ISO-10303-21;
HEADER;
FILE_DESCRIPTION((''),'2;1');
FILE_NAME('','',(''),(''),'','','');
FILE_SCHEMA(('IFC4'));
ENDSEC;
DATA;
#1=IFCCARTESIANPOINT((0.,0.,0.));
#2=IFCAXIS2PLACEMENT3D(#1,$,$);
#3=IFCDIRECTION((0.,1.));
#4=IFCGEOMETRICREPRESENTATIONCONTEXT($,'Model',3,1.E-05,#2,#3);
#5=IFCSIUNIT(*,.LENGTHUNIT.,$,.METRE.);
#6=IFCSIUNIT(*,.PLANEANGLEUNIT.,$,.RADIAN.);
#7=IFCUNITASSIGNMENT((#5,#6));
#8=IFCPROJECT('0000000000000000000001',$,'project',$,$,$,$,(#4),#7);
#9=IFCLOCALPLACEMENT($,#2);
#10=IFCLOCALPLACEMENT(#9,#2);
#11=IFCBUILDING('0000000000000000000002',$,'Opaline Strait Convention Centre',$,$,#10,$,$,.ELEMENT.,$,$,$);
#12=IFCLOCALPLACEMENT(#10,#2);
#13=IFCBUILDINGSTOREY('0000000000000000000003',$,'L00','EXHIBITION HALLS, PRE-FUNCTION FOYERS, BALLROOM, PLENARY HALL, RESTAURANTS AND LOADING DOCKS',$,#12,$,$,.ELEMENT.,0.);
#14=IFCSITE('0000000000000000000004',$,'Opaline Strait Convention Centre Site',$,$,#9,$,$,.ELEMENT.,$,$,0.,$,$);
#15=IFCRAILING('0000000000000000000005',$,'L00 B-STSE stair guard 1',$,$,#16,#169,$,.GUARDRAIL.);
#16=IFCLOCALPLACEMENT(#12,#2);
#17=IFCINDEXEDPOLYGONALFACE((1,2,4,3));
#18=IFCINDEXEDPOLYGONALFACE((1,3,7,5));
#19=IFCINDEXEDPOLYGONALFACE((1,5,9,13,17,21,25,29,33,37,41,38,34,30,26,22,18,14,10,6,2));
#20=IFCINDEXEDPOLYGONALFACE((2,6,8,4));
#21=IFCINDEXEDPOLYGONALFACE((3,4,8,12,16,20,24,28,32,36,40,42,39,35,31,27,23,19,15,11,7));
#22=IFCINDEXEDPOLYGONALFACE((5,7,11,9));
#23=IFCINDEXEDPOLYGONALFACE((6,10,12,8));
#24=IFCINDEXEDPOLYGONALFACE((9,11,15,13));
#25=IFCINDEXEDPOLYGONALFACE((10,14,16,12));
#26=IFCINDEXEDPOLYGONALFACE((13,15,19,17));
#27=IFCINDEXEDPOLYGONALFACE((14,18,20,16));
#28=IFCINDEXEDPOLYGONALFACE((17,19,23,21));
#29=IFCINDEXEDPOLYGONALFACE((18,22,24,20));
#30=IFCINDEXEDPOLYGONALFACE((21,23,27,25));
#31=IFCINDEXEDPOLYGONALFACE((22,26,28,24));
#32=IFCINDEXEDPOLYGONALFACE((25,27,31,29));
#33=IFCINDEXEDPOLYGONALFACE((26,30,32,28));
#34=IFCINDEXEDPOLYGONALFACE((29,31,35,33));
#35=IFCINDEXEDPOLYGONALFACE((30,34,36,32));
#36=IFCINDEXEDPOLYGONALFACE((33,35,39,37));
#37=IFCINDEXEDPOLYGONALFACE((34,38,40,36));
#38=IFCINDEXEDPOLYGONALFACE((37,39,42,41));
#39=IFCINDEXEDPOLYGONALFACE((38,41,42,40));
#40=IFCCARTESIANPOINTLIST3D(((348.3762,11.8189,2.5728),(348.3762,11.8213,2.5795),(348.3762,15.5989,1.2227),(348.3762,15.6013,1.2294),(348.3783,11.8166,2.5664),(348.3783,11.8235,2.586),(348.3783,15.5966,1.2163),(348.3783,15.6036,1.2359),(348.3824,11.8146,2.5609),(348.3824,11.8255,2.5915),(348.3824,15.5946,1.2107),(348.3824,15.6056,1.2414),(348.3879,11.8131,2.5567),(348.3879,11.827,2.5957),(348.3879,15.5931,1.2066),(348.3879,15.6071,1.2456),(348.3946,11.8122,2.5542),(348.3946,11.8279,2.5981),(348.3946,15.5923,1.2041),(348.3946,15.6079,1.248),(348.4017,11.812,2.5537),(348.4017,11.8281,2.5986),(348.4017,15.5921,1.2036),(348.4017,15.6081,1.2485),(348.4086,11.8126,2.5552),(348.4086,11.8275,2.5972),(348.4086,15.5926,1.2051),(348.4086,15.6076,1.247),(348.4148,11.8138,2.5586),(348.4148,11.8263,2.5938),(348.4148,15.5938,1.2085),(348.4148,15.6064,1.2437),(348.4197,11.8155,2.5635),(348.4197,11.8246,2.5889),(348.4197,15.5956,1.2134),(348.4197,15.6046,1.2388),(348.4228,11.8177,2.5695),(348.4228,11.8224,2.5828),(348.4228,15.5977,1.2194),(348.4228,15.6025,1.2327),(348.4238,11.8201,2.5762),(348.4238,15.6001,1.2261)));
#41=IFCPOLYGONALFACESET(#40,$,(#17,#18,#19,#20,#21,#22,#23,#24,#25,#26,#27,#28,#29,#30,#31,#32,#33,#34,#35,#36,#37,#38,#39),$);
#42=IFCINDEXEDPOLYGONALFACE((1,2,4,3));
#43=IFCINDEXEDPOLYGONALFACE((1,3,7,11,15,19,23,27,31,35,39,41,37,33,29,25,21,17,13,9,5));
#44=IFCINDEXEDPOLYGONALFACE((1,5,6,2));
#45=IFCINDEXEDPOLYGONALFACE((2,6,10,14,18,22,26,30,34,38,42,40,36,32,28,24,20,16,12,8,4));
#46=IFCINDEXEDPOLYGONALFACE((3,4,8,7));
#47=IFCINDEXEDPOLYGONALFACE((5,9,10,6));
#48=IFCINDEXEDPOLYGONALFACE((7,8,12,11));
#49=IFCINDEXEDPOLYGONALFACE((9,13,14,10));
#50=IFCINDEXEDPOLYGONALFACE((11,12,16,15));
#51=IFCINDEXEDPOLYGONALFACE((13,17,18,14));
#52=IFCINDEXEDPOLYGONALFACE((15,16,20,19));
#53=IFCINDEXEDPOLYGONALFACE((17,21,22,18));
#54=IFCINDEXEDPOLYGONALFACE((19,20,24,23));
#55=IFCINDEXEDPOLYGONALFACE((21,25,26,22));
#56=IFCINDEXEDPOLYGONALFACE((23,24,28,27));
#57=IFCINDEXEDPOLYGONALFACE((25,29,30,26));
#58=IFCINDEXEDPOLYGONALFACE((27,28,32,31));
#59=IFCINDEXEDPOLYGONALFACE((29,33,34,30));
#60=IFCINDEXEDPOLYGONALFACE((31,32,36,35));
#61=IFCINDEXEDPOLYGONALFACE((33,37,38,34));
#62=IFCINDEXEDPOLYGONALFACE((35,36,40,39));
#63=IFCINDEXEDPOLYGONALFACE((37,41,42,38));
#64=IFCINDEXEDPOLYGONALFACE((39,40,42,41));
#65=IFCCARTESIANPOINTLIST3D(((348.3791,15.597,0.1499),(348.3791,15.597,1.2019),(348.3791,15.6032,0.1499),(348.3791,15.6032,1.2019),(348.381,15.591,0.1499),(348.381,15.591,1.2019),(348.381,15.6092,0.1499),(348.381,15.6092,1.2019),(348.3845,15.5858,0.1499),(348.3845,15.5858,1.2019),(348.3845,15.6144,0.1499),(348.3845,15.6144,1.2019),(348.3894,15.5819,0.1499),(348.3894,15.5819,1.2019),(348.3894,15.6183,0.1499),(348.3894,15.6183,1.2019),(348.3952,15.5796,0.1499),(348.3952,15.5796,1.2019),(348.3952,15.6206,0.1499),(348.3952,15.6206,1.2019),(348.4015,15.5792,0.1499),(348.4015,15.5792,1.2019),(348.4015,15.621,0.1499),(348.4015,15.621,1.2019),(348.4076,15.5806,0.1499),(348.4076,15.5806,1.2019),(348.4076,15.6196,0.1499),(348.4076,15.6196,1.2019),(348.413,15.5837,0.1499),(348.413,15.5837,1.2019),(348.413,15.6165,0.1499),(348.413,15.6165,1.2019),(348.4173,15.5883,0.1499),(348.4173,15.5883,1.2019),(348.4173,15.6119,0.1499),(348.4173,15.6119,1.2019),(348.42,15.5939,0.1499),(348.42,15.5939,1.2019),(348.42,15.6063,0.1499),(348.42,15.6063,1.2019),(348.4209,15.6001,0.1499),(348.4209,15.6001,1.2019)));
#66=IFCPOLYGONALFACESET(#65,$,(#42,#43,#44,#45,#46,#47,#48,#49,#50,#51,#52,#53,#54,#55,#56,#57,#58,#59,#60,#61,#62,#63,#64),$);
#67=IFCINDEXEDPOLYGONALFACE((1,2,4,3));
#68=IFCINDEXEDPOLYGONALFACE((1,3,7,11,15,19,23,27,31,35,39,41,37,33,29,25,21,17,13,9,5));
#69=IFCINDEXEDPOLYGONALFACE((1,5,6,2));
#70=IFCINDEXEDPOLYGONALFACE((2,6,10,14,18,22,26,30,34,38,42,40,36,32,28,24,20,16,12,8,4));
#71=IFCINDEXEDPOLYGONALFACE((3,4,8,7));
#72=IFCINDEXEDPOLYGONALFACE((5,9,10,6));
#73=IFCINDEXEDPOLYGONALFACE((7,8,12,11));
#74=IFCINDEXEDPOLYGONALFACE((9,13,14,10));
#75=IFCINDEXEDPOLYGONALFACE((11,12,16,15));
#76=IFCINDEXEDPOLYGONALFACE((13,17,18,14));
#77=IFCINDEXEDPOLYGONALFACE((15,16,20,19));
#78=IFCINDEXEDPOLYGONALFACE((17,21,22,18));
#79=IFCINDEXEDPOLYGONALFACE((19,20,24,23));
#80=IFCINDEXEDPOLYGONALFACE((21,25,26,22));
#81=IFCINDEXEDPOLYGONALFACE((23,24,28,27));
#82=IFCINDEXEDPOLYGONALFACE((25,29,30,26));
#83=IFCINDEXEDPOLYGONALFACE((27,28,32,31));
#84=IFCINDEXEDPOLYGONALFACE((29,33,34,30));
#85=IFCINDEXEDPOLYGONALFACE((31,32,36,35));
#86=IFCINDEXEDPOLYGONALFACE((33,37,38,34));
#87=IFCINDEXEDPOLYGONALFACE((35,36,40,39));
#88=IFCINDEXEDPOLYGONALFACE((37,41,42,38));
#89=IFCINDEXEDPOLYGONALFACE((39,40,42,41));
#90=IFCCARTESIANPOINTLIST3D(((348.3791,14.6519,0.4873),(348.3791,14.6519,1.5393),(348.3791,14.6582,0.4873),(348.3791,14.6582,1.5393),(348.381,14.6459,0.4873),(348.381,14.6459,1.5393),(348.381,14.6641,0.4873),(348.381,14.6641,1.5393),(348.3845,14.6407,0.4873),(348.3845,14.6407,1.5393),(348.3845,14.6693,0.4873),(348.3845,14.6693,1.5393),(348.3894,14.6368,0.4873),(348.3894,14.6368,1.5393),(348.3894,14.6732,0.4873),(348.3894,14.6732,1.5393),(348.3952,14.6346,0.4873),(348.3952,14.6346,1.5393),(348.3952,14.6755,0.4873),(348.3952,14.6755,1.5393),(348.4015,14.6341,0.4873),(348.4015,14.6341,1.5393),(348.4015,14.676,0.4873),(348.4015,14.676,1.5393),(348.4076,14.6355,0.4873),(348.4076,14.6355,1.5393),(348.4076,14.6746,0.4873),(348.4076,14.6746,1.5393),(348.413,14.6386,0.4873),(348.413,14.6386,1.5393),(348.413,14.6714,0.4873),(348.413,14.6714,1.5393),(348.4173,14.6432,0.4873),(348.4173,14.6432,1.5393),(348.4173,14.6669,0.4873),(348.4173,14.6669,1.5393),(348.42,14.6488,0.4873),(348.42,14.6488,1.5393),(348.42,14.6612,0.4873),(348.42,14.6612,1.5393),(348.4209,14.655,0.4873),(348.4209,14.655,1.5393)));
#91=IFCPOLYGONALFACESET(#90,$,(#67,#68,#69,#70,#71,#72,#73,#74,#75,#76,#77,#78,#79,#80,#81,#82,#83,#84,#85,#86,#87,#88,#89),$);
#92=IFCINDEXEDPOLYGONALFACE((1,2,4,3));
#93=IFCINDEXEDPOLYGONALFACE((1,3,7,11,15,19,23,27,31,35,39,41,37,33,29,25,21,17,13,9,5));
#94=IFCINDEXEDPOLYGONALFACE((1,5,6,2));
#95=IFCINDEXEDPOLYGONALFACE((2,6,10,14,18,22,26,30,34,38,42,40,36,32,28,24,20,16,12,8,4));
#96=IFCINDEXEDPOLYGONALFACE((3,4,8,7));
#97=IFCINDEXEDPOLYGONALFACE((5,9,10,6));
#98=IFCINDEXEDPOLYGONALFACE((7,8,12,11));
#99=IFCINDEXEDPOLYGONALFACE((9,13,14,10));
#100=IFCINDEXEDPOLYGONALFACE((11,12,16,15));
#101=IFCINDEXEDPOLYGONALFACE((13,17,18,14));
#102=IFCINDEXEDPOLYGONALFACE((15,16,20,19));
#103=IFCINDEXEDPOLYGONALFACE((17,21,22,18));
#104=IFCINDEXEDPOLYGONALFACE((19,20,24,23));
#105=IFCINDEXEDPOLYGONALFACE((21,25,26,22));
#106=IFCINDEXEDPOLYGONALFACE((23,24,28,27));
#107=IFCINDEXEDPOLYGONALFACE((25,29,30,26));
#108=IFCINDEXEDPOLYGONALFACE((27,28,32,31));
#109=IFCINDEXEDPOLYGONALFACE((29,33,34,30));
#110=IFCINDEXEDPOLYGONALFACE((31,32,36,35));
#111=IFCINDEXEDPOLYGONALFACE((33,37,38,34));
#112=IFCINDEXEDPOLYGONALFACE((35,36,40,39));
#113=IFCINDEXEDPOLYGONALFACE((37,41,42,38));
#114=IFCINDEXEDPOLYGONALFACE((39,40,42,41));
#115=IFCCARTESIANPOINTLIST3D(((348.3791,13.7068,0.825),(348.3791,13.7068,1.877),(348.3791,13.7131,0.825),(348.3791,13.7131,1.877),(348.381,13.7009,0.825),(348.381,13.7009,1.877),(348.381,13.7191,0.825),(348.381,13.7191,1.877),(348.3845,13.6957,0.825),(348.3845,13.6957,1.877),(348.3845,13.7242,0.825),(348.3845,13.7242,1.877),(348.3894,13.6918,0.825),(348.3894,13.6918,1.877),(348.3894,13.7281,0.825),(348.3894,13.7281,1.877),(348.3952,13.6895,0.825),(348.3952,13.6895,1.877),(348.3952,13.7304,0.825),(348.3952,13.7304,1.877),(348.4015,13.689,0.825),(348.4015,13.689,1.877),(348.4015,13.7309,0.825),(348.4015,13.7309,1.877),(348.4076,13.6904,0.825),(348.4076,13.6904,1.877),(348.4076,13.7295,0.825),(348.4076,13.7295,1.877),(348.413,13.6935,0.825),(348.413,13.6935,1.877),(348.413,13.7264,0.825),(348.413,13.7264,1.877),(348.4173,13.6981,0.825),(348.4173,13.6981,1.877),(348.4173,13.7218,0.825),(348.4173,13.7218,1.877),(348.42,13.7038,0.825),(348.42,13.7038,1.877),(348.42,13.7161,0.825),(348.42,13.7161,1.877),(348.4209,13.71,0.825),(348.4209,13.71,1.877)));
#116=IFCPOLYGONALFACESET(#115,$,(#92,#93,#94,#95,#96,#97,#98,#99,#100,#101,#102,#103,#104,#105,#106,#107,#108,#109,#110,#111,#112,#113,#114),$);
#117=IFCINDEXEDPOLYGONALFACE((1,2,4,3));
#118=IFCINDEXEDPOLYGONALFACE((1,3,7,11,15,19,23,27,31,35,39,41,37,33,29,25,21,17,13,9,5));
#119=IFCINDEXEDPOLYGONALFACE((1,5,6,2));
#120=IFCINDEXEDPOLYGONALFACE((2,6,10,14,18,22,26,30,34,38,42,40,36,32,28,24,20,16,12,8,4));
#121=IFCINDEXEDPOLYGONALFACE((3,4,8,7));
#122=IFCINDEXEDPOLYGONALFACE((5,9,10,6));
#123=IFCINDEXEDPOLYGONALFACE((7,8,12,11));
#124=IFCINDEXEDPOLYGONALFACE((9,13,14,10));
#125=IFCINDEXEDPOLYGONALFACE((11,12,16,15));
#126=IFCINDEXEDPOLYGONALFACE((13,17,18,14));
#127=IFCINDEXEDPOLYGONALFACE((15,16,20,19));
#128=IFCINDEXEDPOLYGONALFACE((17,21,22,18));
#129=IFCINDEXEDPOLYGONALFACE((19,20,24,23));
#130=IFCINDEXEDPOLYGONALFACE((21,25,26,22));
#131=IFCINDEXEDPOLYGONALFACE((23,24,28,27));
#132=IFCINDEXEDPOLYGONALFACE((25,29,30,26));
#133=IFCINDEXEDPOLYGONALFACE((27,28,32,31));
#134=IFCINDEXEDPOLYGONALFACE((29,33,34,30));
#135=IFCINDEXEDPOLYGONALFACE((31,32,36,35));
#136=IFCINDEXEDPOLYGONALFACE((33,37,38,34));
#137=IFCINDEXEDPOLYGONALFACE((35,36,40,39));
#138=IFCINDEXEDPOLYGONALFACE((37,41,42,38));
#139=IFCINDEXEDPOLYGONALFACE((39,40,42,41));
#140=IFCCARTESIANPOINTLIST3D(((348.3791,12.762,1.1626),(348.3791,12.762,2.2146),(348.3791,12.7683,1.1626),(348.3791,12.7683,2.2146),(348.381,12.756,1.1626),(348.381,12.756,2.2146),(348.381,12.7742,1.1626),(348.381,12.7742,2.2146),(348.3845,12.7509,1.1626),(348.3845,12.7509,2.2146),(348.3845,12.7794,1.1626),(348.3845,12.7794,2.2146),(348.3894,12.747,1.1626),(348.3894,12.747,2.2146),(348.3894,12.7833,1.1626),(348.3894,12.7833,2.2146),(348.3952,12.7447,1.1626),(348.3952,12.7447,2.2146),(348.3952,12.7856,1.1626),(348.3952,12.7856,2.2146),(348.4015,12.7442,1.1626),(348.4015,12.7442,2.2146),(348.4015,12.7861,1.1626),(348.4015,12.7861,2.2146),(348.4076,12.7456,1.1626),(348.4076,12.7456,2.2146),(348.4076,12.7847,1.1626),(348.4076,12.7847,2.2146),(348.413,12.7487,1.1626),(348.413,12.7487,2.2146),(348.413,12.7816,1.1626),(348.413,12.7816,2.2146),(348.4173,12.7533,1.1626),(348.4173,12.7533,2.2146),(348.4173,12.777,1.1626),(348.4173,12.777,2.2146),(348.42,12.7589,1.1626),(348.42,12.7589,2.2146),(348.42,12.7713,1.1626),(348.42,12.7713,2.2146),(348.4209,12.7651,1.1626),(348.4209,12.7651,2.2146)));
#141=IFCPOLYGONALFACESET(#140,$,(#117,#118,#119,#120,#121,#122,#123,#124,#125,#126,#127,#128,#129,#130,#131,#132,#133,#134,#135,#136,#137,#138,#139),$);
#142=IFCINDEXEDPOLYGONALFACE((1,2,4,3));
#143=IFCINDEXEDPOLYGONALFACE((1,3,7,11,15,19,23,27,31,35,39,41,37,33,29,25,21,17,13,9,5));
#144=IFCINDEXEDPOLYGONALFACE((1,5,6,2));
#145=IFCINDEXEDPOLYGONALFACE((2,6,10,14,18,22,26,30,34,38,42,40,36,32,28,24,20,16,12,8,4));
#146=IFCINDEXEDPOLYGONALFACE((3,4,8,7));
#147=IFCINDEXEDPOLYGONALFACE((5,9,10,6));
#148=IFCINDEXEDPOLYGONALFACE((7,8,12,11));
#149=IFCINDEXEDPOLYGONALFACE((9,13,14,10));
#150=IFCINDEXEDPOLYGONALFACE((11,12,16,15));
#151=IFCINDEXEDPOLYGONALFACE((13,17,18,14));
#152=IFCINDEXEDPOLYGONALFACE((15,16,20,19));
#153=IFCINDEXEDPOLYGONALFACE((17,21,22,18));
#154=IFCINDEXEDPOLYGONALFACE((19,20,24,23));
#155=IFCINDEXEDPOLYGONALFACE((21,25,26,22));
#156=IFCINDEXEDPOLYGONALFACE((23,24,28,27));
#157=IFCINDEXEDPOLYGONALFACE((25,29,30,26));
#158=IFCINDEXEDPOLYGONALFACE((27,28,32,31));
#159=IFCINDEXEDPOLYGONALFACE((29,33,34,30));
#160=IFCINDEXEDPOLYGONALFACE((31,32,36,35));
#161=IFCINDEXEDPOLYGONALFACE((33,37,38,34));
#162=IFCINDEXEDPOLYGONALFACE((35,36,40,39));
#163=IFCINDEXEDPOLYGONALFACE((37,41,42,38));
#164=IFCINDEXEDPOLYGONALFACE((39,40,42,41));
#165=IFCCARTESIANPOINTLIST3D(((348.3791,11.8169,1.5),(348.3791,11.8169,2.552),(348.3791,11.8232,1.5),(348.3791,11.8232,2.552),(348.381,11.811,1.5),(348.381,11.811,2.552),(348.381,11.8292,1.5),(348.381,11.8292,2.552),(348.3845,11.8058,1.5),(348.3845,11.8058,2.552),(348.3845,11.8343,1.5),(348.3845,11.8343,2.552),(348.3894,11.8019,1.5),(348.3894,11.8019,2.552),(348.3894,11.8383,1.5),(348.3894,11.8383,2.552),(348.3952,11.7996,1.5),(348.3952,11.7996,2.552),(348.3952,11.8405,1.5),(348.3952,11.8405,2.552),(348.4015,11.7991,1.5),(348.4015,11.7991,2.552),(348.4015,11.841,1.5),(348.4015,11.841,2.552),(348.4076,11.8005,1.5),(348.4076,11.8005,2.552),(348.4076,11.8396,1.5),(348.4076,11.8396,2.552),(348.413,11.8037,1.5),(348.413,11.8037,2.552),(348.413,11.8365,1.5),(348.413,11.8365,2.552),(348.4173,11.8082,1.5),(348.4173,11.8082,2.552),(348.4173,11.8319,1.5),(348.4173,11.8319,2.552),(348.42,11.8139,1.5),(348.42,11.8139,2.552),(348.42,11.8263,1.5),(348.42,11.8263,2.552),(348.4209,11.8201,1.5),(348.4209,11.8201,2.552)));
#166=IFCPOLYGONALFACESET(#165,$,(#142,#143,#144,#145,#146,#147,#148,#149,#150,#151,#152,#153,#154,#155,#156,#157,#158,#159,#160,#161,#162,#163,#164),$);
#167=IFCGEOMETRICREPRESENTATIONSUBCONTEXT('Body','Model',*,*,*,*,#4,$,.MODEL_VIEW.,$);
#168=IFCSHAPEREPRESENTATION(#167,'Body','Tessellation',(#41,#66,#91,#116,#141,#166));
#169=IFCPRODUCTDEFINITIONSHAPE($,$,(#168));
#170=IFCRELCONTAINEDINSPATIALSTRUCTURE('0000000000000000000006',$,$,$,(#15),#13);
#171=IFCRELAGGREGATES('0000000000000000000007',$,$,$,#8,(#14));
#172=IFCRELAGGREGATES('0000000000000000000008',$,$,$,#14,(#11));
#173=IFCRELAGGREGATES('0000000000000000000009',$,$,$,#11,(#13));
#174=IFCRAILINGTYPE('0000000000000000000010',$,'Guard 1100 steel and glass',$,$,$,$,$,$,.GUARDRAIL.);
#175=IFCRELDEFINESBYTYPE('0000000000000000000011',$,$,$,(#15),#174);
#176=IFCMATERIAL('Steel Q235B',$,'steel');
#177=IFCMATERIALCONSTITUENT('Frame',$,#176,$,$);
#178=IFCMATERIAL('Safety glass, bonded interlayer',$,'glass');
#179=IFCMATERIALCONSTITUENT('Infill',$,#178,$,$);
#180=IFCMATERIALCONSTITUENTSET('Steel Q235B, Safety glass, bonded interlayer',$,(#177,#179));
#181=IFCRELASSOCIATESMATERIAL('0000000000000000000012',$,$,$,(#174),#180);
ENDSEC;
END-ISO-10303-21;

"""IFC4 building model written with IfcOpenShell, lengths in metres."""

from ifc_helpers import new_model, si_unit, direction, frame, origin, origin_2d, place, context, subcontext, project, spatial, circle, extrude, material, constituent, constituent_set, type_object, element, save


model = new_model("IFC4")

# Units and contexts
model_context = context("Model", 3, precision=1e-05, world=origin(), true_north=direction((0.0, 1.0)))
body_context = subcontext(model_context, "Body", "Model", "MODEL_VIEW")
ifc_project = project(units=[si_unit("LENGTHUNIT", "METRE"), si_unit("PLANEANGLEUNIT", "RADIAN")], contexts=[model_context])

# Site, building, storey
site_placement = place(None, origin())
site = spatial("IfcSite", under=ifc_project, at=site_placement, Name="Opaline Strait Convention Centre Site", CompositionType="ELEMENT", RefElevation=0.0)
building_placement = place(site_placement, origin())
building = spatial("IfcBuilding", under=site, at=building_placement, Name="Opaline Strait Convention Centre", CompositionType="ELEMENT")
storey_placement = place(building_placement, origin())
storey = spatial("IfcBuildingStorey", under=building, at=storey_placement, Name="L00", Description="EXHIBITION HALLS, PRE-FUNCTION FOYERS, BALLROOM, PLENARY HALL, RESTAURANTS AND LOADING DOCKS", CompositionType="ELEMENT", Elevation=0.0)

# Shared definitions
ifc_material_1 = material(Name="Steel Q235B", Category="steel")

# Railing
ifc_constituent_1 = constituent(ifc_material_1, Name="Frame")
ifc_material_2 = material(Name="Safety glass, bonded interlayer", Category="glass")
ifc_constituent_2 = constituent(ifc_material_2, Name="Infill")
ifc_constituent_set = constituent_set(constituents=[ifc_constituent_1, ifc_constituent_2], Name="Steel Q235B, Safety glass, bonded interlayer")
railing_type_1 = type_object("IfcRailingType", Name="Guard 1100 steel and glass", PredefinedType="GUARDRAIL", material=ifc_constituent_set)
railing_1_placement = place(storey_placement, frame((348.3999, 15.6001, 0.1499)))
element("IfcRailing", 1, at=railing_1_placement, inside=storey, type_object=railing_type_1, Name="L00 B-STSE stair guard 1", PredefinedType="GUARDRAIL", context=body_context, shape_type="SweptSolid", body=[
    extrude(circle(Radius=0.0239, at=origin_2d()), frame((0.0, 0.0, 1.0762), z_axis=(0.0, -0.941735, 0.336356), x_axis=(1.0, 0.0, 0.0)), (0.0, 0.0, 1.0), 4.0139),
    extrude(circle(Radius=0.021, at=origin_2d()), origin(), (0.0, 0.0, 1.0), 1.052),
    extrude(circle(Radius=0.021, at=origin_2d()), frame((0.0, -0.9451, 0.3374)), (0.0, 0.0, 1.0), 1.052),
    extrude(circle(Radius=0.021, at=origin_2d()), frame((0.0, -1.8901, 0.675)), (0.0, 0.0, 1.0), 1.052),
    extrude(circle(Radius=0.021, at=origin_2d()), frame((0.0, -2.835, 1.0127)), (0.0, 0.0, 1.0), 1.052),
    extrude(circle(Radius=0.021, at=origin_2d()), frame((0.0, -3.78, 1.3501)), (0.0, 0.0, 1.0), 1.052),
])

save(model, "model.ifc")
